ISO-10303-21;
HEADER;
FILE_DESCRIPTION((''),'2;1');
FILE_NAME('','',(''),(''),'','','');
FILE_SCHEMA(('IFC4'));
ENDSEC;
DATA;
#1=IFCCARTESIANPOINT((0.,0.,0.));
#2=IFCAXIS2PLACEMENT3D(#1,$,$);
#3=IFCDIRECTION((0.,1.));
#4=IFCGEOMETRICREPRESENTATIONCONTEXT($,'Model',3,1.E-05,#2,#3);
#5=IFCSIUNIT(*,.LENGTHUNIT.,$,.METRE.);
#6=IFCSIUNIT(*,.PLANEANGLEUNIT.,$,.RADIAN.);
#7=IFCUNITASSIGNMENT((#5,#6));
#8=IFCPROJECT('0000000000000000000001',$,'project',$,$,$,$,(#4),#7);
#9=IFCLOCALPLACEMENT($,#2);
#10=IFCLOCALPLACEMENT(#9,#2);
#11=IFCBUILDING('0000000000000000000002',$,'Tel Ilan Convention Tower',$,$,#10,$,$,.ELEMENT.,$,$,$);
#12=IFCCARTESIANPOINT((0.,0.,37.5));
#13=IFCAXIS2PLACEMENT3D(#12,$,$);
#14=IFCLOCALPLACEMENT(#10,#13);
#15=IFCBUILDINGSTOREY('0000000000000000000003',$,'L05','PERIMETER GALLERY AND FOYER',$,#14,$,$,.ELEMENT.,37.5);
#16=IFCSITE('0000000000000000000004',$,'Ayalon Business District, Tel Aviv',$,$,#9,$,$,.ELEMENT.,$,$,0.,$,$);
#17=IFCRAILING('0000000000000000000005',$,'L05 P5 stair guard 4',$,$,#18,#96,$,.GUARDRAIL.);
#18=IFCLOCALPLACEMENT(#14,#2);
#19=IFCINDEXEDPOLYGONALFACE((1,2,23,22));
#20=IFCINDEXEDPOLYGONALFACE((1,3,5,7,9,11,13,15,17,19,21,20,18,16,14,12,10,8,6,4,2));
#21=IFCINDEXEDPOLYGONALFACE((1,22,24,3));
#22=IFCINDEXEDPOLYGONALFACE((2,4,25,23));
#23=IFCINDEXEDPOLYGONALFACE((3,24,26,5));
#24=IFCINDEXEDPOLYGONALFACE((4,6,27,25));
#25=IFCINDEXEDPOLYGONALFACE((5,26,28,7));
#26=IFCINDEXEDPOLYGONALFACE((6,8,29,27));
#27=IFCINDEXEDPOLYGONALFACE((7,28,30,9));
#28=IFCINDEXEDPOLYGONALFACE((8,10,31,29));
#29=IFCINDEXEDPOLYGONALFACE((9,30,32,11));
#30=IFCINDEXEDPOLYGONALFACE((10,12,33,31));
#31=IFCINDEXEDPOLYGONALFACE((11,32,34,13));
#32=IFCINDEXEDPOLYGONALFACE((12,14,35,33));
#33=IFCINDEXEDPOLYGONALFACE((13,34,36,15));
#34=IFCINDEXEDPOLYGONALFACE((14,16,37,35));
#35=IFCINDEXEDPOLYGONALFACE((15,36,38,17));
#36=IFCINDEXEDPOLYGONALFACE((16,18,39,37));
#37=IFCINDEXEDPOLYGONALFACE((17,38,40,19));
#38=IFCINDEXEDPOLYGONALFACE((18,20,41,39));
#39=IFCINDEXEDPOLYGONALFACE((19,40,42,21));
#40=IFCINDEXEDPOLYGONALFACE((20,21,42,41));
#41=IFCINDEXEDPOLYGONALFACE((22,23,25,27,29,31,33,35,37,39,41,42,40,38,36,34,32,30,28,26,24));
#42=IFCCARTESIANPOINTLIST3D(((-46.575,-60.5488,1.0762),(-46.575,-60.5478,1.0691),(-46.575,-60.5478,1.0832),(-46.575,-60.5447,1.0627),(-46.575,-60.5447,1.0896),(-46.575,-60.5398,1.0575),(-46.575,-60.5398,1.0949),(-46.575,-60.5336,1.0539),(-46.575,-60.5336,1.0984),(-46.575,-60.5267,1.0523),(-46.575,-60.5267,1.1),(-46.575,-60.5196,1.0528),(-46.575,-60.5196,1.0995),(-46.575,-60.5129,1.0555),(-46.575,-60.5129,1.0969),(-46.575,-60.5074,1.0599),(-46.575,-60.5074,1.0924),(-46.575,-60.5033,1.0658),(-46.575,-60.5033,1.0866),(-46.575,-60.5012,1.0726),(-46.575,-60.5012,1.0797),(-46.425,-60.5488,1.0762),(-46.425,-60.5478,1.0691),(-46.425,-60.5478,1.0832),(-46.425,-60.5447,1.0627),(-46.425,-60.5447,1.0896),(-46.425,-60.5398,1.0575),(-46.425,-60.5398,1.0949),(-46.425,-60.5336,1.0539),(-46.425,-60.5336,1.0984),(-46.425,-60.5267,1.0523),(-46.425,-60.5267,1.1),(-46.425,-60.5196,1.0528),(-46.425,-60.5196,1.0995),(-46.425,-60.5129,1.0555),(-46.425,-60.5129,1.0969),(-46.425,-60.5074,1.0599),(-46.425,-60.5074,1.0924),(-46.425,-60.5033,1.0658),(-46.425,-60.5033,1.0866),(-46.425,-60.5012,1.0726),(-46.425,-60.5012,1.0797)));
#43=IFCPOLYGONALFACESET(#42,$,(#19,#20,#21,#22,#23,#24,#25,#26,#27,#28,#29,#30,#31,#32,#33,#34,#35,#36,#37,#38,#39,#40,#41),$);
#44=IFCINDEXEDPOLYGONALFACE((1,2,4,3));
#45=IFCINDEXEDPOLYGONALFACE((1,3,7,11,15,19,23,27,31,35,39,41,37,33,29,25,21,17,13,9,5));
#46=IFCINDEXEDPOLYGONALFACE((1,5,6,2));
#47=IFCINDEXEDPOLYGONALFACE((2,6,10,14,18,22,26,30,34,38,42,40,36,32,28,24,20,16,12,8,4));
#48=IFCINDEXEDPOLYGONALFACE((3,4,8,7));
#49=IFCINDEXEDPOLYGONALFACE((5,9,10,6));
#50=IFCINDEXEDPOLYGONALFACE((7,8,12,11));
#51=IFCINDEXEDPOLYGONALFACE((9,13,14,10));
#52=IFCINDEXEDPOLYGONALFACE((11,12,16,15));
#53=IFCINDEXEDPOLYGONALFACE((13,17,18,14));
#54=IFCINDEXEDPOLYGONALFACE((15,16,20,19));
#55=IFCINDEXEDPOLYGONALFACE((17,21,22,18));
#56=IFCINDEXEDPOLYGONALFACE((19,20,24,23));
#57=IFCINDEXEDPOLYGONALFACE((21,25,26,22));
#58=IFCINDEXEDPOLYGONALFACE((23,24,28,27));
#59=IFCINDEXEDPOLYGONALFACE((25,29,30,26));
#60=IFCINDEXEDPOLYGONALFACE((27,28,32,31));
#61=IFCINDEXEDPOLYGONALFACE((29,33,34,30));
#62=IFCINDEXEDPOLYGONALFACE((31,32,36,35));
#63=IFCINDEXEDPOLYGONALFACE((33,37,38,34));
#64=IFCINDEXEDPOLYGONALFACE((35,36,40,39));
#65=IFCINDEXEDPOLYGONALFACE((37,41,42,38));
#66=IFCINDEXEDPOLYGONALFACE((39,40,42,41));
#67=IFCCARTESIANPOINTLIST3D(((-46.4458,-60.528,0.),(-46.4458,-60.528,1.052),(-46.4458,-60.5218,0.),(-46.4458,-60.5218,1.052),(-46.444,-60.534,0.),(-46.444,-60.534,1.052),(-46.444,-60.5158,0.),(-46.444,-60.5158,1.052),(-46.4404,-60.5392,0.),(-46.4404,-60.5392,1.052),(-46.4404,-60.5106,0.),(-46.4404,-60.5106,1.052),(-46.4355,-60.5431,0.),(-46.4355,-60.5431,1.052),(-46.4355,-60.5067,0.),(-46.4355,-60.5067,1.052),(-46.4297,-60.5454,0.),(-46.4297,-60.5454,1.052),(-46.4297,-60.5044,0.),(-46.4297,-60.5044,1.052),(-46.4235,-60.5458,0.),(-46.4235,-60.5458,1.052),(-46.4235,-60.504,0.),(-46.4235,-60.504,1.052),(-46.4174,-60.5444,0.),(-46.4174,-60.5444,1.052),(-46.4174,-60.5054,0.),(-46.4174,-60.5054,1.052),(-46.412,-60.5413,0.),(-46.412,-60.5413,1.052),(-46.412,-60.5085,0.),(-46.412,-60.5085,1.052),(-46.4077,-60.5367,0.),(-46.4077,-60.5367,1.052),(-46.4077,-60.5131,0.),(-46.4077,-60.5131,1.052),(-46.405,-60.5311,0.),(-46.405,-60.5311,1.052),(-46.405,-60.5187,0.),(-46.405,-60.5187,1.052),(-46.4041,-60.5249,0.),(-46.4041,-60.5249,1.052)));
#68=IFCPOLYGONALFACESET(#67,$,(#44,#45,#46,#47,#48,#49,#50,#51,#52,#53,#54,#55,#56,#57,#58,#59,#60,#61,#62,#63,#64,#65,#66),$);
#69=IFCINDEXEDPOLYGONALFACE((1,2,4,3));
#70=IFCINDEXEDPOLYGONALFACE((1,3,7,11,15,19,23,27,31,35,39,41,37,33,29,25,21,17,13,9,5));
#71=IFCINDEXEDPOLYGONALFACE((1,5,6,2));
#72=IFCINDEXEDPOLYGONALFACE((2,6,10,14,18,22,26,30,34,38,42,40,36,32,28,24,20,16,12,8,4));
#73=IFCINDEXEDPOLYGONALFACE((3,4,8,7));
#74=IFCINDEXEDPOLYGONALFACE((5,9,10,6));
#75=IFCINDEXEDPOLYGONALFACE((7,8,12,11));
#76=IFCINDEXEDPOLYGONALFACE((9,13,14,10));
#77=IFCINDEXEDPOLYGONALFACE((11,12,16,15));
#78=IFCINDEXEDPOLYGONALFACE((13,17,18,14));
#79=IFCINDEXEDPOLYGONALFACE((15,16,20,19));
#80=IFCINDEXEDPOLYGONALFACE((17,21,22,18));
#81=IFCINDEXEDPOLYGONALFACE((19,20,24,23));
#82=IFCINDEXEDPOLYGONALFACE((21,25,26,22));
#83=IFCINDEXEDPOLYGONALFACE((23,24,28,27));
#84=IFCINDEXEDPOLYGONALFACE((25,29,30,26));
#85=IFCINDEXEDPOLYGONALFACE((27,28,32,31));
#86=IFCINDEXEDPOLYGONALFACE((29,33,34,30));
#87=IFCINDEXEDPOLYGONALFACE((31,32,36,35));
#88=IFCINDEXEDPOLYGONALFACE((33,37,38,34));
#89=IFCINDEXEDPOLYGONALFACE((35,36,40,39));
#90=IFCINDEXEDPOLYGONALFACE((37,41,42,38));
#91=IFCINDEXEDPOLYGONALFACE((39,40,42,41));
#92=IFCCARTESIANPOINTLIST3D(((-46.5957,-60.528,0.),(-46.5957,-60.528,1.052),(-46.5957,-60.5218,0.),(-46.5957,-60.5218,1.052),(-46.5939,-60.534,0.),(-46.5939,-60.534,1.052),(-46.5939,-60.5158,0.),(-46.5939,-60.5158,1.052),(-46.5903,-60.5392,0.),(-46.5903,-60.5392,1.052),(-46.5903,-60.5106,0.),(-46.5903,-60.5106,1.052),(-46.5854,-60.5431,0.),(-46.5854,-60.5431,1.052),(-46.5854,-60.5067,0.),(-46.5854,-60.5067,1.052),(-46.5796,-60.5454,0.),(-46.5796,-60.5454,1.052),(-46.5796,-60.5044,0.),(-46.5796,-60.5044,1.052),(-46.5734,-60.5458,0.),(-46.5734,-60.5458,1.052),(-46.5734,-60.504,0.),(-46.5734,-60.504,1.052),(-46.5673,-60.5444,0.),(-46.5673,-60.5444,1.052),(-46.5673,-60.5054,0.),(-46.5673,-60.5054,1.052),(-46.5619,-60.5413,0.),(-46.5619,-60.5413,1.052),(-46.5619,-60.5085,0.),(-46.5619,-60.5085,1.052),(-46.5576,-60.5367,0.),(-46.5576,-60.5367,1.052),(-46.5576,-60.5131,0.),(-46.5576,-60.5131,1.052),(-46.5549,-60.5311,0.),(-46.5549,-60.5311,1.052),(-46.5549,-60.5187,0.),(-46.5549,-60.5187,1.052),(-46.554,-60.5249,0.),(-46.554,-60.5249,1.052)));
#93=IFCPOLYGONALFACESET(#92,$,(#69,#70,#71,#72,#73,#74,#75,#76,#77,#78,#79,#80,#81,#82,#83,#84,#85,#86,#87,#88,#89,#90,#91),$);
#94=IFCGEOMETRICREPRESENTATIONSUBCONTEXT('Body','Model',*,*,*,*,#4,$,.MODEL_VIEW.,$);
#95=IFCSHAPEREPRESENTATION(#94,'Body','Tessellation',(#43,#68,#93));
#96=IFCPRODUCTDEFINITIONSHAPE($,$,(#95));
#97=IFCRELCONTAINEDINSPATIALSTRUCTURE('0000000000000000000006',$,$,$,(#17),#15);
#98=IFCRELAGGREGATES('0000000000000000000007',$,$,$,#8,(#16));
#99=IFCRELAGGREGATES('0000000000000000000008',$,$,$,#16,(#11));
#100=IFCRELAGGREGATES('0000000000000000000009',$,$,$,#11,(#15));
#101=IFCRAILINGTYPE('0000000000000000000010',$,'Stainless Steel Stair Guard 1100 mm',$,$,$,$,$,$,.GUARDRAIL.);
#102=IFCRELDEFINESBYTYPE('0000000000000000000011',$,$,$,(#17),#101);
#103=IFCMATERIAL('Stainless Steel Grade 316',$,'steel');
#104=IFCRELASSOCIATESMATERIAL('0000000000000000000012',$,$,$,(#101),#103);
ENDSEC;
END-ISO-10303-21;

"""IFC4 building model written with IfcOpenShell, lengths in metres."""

from ifc_helpers import new_model, si_unit, direction, frame, origin, origin_2d, place, context, subcontext, project, spatial, circle, extrude, material, type_object, element, save


model = new_model("IFC4")

# Units and contexts
model_context = context("Model", 3, precision=1e-05, world=origin(), true_north=direction((0.0, 1.0)))
body_context = subcontext(model_context, "Body", "Model", "MODEL_VIEW")
ifc_project = project(units=[si_unit("LENGTHUNIT", "METRE"), si_unit("PLANEANGLEUNIT", "RADIAN")], contexts=[model_context])

# Site, building, storey
site_placement = place(None, origin())
site = spatial("IfcSite", under=ifc_project, at=site_placement, Name="Ayalon Business District, Tel Aviv", CompositionType="ELEMENT", RefElevation=0.0)
building_placement = place(site_placement, origin())
building = spatial("IfcBuilding", under=site, at=building_placement, Name="Tel Ilan Convention Tower", CompositionType="ELEMENT")
storey_placement = place(building_placement, frame((0.0, 0.0, 37.5)))
storey = spatial("IfcBuildingStorey", under=building, at=storey_placement, Name="L05", Description="PERIMETER GALLERY AND FOYER", CompositionType="ELEMENT", Elevation=37.5)

# Railing
ifc_material_1 = material(Name="Stainless Steel Grade 316", Category="steel")
railing_type_1 = type_object("IfcRailingType", Name="Stainless Steel Stair Guard 1100 mm", PredefinedType="GUARDRAIL", material=ifc_material_1)
railing_1_placement = place(storey_placement, frame((-46.425, -60.5249, 0.0)))
element("IfcRailing", 1, at=railing_1_placement, inside=storey, type_object=railing_type_1, Name="L05 P5 stair guard 4", PredefinedType="GUARDRAIL", context=body_context, shape_type="SweptSolid", body=[
    extrude(circle(Radius=0.0239, at=origin_2d()), frame((0.0, 0.0, 1.0762), z_axis=(-1.0, 0.0, 0.0), x_axis=(0.0, -1.0, 0.0)), (0.0, 0.0, 1.0), 0.1499),
    extrude(circle(Radius=0.021, at=origin_2d()), origin(), (0.0, 0.0, 1.0), 1.052),
    extrude(circle(Radius=0.021, at=origin_2d()), frame((-0.1499, 0.0, 0.0)), (0.0, 0.0, 1.0), 1.052),
])

save(model, "model.ifc")
